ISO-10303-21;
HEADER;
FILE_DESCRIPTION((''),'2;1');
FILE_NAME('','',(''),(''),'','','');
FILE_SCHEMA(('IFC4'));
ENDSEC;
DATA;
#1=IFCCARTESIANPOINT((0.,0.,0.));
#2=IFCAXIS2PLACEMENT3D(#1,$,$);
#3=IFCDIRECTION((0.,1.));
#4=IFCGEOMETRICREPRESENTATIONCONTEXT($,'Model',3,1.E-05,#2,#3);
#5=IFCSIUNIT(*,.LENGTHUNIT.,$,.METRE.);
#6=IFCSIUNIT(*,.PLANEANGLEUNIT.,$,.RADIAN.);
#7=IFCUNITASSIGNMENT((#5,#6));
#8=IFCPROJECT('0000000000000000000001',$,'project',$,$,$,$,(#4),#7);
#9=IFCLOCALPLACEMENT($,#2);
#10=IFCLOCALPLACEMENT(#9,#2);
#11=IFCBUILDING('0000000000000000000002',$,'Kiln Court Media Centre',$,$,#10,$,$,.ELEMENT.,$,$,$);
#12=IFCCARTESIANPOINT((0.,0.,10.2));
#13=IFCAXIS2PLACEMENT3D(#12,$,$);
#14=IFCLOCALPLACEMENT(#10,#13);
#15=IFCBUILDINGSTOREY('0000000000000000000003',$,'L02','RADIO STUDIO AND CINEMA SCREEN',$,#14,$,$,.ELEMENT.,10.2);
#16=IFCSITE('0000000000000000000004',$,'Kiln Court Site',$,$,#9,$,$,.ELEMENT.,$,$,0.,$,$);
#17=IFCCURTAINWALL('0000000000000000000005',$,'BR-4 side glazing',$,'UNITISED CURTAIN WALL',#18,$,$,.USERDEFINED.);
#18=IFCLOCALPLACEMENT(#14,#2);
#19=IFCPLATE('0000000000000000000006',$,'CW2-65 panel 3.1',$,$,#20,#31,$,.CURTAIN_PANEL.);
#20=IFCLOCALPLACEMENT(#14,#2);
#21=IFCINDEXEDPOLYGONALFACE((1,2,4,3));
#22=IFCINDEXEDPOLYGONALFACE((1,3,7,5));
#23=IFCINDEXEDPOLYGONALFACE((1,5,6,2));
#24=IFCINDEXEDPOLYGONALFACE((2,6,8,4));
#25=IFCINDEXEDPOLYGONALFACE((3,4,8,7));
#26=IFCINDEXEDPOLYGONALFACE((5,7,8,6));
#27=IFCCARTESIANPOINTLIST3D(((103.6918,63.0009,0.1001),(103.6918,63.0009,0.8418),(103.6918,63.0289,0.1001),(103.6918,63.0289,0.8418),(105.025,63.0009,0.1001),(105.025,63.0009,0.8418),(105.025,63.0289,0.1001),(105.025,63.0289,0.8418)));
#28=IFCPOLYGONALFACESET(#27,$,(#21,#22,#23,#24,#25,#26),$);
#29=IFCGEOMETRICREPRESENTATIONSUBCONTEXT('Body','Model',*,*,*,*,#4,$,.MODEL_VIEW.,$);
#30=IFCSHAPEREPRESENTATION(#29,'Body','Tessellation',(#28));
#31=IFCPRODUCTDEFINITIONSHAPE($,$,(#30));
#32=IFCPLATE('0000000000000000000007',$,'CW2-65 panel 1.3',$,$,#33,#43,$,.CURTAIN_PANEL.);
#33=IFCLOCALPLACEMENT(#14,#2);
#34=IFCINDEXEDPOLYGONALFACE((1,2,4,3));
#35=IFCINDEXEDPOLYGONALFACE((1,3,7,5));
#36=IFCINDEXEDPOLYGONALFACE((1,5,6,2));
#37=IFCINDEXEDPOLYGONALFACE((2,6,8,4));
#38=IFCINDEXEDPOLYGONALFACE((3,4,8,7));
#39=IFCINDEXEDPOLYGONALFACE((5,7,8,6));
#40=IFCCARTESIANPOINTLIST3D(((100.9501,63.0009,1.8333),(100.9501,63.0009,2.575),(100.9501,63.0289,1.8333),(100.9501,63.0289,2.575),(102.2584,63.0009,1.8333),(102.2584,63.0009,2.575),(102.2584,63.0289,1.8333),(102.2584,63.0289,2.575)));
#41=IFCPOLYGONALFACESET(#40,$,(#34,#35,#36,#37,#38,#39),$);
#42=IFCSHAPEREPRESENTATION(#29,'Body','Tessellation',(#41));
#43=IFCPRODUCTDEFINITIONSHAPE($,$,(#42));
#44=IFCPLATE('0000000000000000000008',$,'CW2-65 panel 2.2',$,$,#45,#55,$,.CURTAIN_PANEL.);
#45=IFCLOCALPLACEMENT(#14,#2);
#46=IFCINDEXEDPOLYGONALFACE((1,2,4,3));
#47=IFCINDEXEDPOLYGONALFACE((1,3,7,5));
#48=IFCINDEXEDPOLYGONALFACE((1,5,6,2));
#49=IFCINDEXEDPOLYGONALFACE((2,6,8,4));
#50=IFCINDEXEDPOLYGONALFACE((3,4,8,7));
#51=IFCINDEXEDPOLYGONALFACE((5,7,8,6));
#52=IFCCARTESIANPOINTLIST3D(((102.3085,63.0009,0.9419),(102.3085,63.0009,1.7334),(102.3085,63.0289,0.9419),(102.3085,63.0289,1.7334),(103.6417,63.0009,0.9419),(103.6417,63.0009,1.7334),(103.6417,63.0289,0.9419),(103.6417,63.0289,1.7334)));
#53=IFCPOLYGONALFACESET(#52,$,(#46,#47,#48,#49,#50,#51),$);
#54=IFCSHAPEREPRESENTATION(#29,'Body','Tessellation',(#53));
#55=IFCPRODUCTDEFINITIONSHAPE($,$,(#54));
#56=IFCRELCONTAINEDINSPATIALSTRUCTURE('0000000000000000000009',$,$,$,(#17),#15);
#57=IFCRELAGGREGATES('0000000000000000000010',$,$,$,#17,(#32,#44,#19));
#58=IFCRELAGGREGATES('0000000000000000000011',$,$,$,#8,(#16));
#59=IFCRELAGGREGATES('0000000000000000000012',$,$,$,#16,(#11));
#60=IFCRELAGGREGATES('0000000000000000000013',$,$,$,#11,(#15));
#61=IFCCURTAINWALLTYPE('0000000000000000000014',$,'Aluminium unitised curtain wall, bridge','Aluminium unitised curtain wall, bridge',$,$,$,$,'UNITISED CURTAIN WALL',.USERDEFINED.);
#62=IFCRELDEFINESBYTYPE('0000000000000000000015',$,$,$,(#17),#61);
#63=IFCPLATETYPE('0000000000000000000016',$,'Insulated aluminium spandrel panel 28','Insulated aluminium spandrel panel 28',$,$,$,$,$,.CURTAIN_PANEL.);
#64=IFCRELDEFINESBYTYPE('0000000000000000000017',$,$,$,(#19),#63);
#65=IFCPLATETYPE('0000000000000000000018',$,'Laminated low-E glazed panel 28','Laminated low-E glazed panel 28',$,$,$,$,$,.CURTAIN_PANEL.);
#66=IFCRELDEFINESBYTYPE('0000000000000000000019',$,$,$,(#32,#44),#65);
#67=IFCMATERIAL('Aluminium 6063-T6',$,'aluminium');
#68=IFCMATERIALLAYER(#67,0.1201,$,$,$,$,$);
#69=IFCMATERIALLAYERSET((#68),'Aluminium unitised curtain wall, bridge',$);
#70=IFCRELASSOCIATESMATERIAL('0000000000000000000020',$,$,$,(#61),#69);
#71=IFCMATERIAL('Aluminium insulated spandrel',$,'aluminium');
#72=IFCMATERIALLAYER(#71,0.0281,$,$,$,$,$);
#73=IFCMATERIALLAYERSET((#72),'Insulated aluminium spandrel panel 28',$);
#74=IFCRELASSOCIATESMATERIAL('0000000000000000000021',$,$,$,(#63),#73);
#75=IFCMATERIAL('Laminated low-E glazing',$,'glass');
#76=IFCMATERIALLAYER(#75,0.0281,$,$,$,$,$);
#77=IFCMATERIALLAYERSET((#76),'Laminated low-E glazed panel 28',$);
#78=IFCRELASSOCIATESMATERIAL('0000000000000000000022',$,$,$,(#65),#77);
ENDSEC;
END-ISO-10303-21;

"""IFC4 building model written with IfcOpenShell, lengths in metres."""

from ifc_helpers import new_model, si_unit, direction, frame, origin, origin_2d, place, context, subcontext, project, spatial, rectangle, extrude, material, layer, layer_set, type_object, element, aggregate, save


model = new_model("IFC4")

# Units and contexts
model_context = context("Model", 3, precision=1e-05, world=origin(), true_north=direction((0.0, 1.0)))
body_context = subcontext(model_context, "Body", "Model", "MODEL_VIEW")
ifc_project = project(units=[si_unit("LENGTHUNIT", "METRE"), si_unit("PLANEANGLEUNIT", "RADIAN")], contexts=[model_context])

# Site, building, storey
site_placement = place(None, origin())
site = spatial("IfcSite", under=ifc_project, at=site_placement, Name="Kiln Court Site", CompositionType="ELEMENT", RefElevation=0.0)
building_placement = place(site_placement, origin())
building = spatial("IfcBuilding", under=site, at=building_placement, Name="Kiln Court Media Centre", CompositionType="ELEMENT")
storey_placement = place(building_placement, frame((0.0, 0.0, 10.2)))
storey = spatial("IfcBuildingStorey", under=building, at=storey_placement, Name="L02", Description="RADIO STUDIO AND CINEMA SCREEN", CompositionType="ELEMENT", Elevation=10.2)

# Curtain wall
ifc_material_1 = material(Name="Aluminium 6063-T6", Category="aluminium")
ifc_layer_1 = layer(ifc_material_1, 0.1201)
ifc_layer_set_1 = layer_set([ifc_layer_1], Name="Aluminium unitised curtain wall, bridge")
curtain_wall_type = type_object("IfcCurtainWallType", Name="Aluminium unitised curtain wall, bridge", Description="Aluminium unitised curtain wall, bridge", ElementType="UNITISED CURTAIN WALL", PredefinedType="USERDEFINED", material=ifc_layer_set_1)
curtain_wall_placement = place(storey_placement, origin())
curtain_wall = element("IfcCurtainWall", 1, at=curtain_wall_placement, inside=storey, type_object=curtain_wall_type, Name="BR-4 side glazing", ObjectType="UNITISED CURTAIN WALL", PredefinedType="USERDEFINED")

# Plates
ifc_material_2 = material(Name="Aluminium insulated spandrel", Category="aluminium")
ifc_layer_2 = layer(ifc_material_2, 0.0281)
ifc_layer_set_2 = layer_set([ifc_layer_2], Name="Insulated aluminium spandrel panel 28")
plate_type_1 = type_object("IfcPlateType", Name="Insulated aluminium spandrel panel 28", Description="Insulated aluminium spandrel panel 28", PredefinedType="CURTAIN_PANEL", material=ifc_layer_set_2)
plate_1_placement = place(storey_placement, frame((104.3584, 63.0149, 0.1001), z_axis=(0.0, 0.0, 1.0), x_axis=(1.0, 0.0, 0.0)))
plate_1 = element("IfcPlate", 2, at=plate_1_placement, type_object=plate_type_1, Name="CW2-65 panel 3.1", PredefinedType="CURTAIN_PANEL", context=body_context, shape_type="SweptSolid", body=[
    extrude(rectangle(XDim=1.3333, YDim=0.0281, at=origin_2d()), origin(), (0.0, 0.0, 1.0), 0.7417),
])
ifc_material_3 = material(Name="Laminated low-E glazing", Category="glass")
ifc_layer_3 = layer(ifc_material_3, 0.0281)
ifc_layer_set_3 = layer_set([ifc_layer_3], Name="Laminated low-E glazed panel 28")
plate_type_2 = type_object("IfcPlateType", Name="Laminated low-E glazed panel 28", Description="Laminated low-E glazed panel 28", PredefinedType="CURTAIN_PANEL", material=ifc_layer_set_3)
plate_2_placement = place(storey_placement, frame((101.6042, 63.0149, 1.8333), z_axis=(0.0, 0.0, 1.0), x_axis=(1.0, 0.0, 0.0)))
plate_2 = element("IfcPlate", 3, at=plate_2_placement, type_object=plate_type_2, Name="CW2-65 panel 1.3", PredefinedType="CURTAIN_PANEL", context=body_context, shape_type="SweptSolid", body=[
    extrude(rectangle(XDim=1.3083, YDim=0.0281, at=origin_2d()), origin(), (0.0, 0.0, 1.0), 0.7417),
])
plate_3_placement = place(storey_placement, frame((102.9751, 63.0149, 0.9419), z_axis=(0.0, 0.0, 1.0), x_axis=(1.0, 0.0, 0.0)))
plate_3 = element("IfcPlate", 4, at=plate_3_placement, type_object=plate_type_2, Name="CW2-65 panel 2.2", PredefinedType="CURTAIN_PANEL", context=body_context, shape_type="SweptSolid", body=[
    extrude(rectangle(XDim=1.3333, YDim=0.0281, at=origin_2d()), origin(), (0.0, 0.0, 1.0), 0.7915),
])
aggregate(curtain_wall, [plate_2, plate_3, plate_1])

save(model, "model.ifc")
